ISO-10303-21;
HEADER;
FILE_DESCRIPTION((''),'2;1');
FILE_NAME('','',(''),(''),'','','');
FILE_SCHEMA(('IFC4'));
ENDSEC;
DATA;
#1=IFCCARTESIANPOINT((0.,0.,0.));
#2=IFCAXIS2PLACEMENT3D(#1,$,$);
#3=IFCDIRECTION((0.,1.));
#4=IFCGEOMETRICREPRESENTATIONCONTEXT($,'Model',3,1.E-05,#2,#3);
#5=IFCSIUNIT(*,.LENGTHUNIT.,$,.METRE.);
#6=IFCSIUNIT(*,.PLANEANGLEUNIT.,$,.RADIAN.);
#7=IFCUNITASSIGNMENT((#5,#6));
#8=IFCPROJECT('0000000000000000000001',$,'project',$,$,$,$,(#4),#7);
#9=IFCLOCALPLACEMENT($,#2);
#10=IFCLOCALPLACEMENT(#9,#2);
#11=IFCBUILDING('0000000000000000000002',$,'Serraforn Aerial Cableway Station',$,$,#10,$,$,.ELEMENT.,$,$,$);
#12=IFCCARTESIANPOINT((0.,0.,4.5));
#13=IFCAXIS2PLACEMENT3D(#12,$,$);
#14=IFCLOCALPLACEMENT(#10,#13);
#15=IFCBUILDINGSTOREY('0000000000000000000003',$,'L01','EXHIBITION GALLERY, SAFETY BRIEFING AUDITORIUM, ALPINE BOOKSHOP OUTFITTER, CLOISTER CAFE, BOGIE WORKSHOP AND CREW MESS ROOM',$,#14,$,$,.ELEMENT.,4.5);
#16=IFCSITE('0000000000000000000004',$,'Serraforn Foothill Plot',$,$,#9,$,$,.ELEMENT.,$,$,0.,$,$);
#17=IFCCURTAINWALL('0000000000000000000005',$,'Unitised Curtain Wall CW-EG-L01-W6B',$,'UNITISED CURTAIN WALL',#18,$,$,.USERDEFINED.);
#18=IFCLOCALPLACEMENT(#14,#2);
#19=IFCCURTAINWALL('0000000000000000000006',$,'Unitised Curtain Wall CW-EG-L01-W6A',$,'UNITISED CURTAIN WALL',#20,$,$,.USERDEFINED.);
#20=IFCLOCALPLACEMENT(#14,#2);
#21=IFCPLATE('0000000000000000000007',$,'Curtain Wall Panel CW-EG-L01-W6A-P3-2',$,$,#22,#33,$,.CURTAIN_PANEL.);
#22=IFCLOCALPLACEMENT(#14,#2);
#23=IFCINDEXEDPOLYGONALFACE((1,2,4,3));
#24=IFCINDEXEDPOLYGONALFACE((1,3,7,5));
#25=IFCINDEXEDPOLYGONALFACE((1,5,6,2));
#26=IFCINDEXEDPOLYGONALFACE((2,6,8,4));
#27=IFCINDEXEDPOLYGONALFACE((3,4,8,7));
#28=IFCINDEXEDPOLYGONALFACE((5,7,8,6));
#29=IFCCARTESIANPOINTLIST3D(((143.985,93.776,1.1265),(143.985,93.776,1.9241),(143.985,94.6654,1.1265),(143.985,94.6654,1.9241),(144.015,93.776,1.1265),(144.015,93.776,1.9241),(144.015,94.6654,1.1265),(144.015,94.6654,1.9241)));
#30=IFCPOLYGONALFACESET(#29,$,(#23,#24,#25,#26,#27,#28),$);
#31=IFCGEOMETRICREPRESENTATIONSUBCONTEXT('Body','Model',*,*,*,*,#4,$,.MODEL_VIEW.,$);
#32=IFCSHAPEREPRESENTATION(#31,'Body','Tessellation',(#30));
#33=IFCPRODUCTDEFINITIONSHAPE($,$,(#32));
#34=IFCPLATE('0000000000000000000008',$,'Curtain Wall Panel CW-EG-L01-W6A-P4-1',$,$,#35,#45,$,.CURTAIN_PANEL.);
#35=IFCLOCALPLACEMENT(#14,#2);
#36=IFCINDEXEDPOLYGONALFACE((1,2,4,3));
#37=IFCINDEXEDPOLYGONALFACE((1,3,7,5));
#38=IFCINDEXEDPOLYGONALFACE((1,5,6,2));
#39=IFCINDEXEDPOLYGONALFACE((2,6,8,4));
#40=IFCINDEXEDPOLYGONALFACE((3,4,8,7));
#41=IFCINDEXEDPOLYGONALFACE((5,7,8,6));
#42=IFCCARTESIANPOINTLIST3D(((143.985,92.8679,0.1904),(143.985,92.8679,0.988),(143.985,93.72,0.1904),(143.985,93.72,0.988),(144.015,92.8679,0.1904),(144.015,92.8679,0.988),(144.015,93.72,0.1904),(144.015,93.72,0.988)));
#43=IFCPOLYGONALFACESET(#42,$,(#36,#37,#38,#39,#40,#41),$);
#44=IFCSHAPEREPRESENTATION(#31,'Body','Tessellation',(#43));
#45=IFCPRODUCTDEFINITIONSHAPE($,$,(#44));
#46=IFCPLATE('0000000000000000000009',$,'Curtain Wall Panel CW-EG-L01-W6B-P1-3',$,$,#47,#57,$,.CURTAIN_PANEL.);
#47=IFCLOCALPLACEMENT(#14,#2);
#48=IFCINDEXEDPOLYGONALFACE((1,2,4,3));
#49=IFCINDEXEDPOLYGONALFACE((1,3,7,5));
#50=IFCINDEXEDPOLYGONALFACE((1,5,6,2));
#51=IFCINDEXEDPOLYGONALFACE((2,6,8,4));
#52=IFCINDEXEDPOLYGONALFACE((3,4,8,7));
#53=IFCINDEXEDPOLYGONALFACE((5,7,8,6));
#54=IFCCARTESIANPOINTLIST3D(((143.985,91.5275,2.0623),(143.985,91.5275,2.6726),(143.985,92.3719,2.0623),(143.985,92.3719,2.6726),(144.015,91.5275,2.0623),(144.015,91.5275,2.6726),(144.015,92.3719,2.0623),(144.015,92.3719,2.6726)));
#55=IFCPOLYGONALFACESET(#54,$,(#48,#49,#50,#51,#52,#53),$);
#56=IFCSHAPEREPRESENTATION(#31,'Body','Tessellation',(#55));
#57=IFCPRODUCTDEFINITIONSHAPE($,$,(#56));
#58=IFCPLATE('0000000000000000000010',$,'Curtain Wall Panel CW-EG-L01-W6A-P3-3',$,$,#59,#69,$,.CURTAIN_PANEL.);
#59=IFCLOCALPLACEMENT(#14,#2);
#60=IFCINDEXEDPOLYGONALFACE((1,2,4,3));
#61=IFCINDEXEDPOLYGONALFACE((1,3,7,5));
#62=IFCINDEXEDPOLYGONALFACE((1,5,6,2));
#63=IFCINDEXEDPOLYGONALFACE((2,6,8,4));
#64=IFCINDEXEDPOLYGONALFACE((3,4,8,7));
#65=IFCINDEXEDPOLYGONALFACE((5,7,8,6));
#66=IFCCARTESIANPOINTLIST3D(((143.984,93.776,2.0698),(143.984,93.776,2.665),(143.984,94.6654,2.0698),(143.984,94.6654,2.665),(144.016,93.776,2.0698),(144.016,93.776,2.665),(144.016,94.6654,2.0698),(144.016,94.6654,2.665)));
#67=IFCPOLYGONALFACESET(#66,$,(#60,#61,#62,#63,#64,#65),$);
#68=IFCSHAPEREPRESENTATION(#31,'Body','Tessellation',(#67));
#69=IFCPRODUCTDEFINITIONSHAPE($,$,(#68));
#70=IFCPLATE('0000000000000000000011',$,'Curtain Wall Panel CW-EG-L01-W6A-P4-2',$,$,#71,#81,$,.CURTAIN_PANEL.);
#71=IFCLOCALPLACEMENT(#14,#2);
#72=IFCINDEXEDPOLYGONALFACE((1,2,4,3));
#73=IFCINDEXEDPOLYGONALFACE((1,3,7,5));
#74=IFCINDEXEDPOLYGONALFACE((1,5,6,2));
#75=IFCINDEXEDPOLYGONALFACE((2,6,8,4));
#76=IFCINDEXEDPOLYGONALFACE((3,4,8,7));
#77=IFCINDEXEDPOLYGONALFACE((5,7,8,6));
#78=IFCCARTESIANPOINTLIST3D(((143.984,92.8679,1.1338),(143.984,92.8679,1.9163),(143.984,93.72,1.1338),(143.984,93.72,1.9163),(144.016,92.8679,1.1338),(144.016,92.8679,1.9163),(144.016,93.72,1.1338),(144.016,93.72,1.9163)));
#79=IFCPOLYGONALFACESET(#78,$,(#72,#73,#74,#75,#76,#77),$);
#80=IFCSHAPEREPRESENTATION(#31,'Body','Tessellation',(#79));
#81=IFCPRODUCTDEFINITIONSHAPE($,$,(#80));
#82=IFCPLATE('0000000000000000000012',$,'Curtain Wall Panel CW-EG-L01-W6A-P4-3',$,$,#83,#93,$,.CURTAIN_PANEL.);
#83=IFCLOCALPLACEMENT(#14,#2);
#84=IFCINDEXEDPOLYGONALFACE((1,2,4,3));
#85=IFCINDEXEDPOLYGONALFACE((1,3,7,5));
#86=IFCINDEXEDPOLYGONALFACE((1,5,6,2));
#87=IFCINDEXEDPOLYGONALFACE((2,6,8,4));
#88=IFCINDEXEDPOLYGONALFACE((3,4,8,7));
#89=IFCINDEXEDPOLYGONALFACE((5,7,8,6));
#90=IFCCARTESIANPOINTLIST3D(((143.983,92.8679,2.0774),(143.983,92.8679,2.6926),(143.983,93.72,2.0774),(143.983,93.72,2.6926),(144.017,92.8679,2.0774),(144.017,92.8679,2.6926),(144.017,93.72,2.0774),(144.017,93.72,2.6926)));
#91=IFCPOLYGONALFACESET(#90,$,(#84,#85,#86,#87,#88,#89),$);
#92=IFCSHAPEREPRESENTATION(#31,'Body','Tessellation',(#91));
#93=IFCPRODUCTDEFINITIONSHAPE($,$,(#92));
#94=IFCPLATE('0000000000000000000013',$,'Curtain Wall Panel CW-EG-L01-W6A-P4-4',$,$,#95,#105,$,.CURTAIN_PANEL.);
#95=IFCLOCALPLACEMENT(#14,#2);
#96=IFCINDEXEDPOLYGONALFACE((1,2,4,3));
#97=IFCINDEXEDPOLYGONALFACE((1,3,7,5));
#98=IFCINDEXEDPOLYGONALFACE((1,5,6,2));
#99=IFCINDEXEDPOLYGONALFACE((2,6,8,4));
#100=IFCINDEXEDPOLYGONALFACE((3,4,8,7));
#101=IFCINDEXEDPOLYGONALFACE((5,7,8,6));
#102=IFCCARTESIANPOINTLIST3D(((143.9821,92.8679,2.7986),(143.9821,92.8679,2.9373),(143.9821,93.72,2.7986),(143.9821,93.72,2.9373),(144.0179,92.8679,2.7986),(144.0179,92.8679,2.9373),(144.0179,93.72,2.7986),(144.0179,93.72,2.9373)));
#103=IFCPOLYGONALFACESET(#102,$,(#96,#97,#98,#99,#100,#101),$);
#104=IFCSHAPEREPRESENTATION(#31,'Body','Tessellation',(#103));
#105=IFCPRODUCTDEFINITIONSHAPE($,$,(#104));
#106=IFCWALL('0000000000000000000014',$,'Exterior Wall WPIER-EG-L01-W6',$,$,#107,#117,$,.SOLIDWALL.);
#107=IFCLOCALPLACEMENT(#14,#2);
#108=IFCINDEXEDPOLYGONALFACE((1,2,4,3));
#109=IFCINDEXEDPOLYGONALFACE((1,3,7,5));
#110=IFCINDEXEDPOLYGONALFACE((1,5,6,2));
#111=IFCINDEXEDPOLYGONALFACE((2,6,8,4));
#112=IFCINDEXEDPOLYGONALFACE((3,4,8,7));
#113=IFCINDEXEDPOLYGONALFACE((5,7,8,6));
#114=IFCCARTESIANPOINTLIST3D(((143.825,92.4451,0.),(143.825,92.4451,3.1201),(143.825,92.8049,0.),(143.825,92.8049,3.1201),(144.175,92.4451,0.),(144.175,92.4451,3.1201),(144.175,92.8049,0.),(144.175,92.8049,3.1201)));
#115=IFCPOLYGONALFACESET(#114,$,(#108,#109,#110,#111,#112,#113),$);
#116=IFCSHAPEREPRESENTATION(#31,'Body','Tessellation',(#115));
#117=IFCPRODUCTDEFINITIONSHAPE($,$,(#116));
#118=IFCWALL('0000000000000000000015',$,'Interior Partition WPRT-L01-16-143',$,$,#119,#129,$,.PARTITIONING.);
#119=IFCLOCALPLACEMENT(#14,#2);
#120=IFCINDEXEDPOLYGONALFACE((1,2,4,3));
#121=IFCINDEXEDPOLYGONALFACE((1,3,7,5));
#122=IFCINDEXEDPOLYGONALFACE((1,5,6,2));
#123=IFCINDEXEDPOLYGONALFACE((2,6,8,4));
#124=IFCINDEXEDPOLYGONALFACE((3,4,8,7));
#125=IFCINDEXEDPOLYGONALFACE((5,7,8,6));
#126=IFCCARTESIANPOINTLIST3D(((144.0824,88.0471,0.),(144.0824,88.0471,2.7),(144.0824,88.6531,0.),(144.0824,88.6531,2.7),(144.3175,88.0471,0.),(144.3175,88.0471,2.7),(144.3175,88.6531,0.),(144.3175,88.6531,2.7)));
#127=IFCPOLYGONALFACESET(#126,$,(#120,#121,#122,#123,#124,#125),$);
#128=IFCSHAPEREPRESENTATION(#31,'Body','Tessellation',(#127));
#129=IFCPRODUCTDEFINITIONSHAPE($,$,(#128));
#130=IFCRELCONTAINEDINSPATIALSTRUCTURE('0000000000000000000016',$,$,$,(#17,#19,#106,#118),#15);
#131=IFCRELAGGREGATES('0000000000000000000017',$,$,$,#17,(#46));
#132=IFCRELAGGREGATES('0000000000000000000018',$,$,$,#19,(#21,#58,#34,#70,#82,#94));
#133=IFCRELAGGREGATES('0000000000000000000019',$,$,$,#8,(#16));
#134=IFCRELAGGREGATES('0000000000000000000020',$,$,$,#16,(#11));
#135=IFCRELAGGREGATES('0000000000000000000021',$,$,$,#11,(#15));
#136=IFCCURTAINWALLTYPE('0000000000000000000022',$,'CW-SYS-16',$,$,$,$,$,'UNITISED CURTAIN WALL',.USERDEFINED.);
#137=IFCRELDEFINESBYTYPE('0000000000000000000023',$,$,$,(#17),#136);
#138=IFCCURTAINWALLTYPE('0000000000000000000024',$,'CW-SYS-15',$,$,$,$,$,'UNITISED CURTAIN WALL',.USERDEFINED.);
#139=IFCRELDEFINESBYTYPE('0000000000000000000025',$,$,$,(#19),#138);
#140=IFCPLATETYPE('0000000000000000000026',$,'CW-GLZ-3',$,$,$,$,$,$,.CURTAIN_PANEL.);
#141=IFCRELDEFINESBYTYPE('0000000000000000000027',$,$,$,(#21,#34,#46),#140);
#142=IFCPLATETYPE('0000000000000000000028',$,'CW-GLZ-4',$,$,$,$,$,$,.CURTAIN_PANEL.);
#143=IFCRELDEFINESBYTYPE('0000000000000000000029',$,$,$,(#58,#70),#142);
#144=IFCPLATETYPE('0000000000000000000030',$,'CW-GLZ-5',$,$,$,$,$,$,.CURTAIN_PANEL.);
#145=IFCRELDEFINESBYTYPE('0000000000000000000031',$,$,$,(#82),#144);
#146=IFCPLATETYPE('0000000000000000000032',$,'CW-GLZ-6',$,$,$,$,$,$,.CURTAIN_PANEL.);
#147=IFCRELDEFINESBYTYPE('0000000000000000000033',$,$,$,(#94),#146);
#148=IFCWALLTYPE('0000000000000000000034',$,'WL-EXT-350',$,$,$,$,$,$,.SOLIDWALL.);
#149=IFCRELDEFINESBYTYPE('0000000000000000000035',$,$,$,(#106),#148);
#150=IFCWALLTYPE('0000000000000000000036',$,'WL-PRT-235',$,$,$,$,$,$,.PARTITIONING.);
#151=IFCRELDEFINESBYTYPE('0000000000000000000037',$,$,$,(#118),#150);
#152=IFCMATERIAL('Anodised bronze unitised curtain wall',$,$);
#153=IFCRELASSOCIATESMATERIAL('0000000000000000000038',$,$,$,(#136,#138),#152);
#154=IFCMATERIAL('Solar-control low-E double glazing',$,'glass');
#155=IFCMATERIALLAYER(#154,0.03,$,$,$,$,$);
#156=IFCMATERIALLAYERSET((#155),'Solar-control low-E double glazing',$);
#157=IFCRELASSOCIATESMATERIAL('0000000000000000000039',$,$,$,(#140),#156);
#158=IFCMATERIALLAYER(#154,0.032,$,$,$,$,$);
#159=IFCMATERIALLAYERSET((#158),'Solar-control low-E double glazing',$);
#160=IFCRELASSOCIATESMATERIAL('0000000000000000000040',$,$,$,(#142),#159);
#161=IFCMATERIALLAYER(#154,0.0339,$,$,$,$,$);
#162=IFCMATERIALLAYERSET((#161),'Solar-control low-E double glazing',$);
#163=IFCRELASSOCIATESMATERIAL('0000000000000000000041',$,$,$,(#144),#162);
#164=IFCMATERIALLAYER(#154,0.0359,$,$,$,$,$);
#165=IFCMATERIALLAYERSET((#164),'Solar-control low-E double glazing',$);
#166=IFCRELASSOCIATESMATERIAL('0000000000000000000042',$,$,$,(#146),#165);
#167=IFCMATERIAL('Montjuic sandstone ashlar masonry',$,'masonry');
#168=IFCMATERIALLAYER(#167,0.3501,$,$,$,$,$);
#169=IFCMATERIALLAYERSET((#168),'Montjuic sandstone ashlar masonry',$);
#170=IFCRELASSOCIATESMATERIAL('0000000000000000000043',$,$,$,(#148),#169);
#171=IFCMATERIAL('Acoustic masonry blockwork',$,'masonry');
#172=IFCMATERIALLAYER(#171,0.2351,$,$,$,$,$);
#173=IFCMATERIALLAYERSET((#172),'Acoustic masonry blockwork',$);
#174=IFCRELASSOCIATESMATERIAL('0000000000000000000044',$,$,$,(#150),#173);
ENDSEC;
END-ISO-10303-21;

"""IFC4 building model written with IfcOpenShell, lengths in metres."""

from ifc_helpers import new_model, si_unit, direction, frame, frame_2d, origin, origin_2d, place, context, subcontext, project, spatial, rectangle, extrude, material, layer, layer_set, type_object, element, aggregate, save


model = new_model("IFC4")

# Units and contexts
model_context = context("Model", 3, precision=1e-05, world=origin(), true_north=direction((0.0, 1.0)))
body_context = subcontext(model_context, "Body", "Model", "MODEL_VIEW")
ifc_project = project(units=[si_unit("LENGTHUNIT", "METRE"), si_unit("PLANEANGLEUNIT", "RADIAN")], contexts=[model_context])

# Site, building, storey
site_placement = place(None, origin())
site = spatial("IfcSite", under=ifc_project, at=site_placement, Name="Serraforn Foothill Plot", CompositionType="ELEMENT", RefElevation=0.0)
building_placement = place(site_placement, origin())
building = spatial("IfcBuilding", under=site, at=building_placement, Name="Serraforn Aerial Cableway Station", CompositionType="ELEMENT")
storey_placement = place(building_placement, frame((0.0, 0.0, 4.5)))
storey = spatial("IfcBuildingStorey", under=building, at=storey_placement, Name="L01", Description="EXHIBITION GALLERY, SAFETY BRIEFING AUDITORIUM, ALPINE BOOKSHOP OUTFITTER, CLOISTER CAFE, BOGIE WORKSHOP AND CREW MESS ROOM", CompositionType="ELEMENT", Elevation=4.5)

# Curtain wall
ifc_material_1 = material(Name="Anodised bronze unitised curtain wall")
curtain_wall_type_1 = type_object("IfcCurtainWallType", Name="CW-SYS-16", ElementType="UNITISED CURTAIN WALL", PredefinedType="USERDEFINED", material=ifc_material_1)
curtain_wall_1_placement = place(storey_placement, origin())
curtain_wall_1 = element("IfcCurtainWall", 1, at=curtain_wall_1_placement, inside=storey, type_object=curtain_wall_type_1, Name="Unitised Curtain Wall CW-EG-L01-W6B", ObjectType="UNITISED CURTAIN WALL", PredefinedType="USERDEFINED")

# Curtain wall
curtain_wall_type_2 = type_object("IfcCurtainWallType", Name="CW-SYS-15", ElementType="UNITISED CURTAIN WALL", PredefinedType="USERDEFINED", material=ifc_material_1)
curtain_wall_2_placement = place(storey_placement, origin())
curtain_wall_2 = element("IfcCurtainWall", 2, at=curtain_wall_2_placement, inside=storey, type_object=curtain_wall_type_2, Name="Unitised Curtain Wall CW-EG-L01-W6A", ObjectType="UNITISED CURTAIN WALL", PredefinedType="USERDEFINED")

# Plates
ifc_material_2 = material(Name="Solar-control low-E double glazing", Category="glass")
ifc_layer_1 = layer(ifc_material_2, 0.03)
ifc_layer_set_1 = layer_set([ifc_layer_1], Name="Solar-control low-E double glazing")
plate_type_1 = type_object("IfcPlateType", Name="CW-GLZ-3", PredefinedType="CURTAIN_PANEL", material=ifc_layer_set_1)
plate_1_placement = place(storey_placement, frame((144.0, 94.2207, 1.1265), z_axis=(0.0, 0.0, 1.0), x_axis=(1.0, 0.0, 0.0)))
plate_1 = element("IfcPlate", 3, at=plate_1_placement, type_object=plate_type_1, Name="Curtain Wall Panel CW-EG-L01-W6A-P3-2", PredefinedType="CURTAIN_PANEL", context=body_context, shape_type="SweptSolid", body=[
    extrude(rectangle(XDim=0.03, YDim=0.8894, at=origin_2d()), origin(), (0.0, 0.0, 1.0), 0.7976),
])
plate_2_placement = place(storey_placement, frame((144.0, 93.2939, 0.1904), z_axis=(0.0, 0.0, 1.0), x_axis=(1.0, 0.0, 0.0)))
plate_2 = element("IfcPlate", 4, at=plate_2_placement, type_object=plate_type_1, Name="Curtain Wall Panel CW-EG-L01-W6A-P4-1", PredefinedType="CURTAIN_PANEL", context=body_context, shape_type="SweptSolid", body=[
    extrude(rectangle(XDim=0.03, YDim=0.8521, at=origin_2d()), origin(), (0.0, 0.0, 1.0), 0.7976),
])
plate_3_placement = place(storey_placement, frame((144.0, 91.9497, 2.0623), z_axis=(0.0, 0.0, 1.0), x_axis=(1.0, 0.0, 0.0)))
plate_3 = element("IfcPlate", 5, at=plate_3_placement, type_object=plate_type_1, Name="Curtain Wall Panel CW-EG-L01-W6B-P1-3", PredefinedType="CURTAIN_PANEL", context=body_context, shape_type="SweptSolid", body=[
    extrude(rectangle(XDim=0.03, YDim=0.8445, at=origin_2d()), origin(), (0.0, 0.0, 1.0), 0.6104),
])
aggregate(curtain_wall_1, [plate_3])
ifc_layer_2 = layer(ifc_material_2, 0.032)
ifc_layer_set_2 = layer_set([ifc_layer_2], Name="Solar-control low-E double glazing")
plate_type_2 = type_object("IfcPlateType", Name="CW-GLZ-4", PredefinedType="CURTAIN_PANEL", material=ifc_layer_set_2)
plate_4_placement = place(storey_placement, frame((144.0, 94.2207, 2.0698), z_axis=(0.0, 0.0, 1.0), x_axis=(1.0, 0.0, 0.0)))
plate_4 = element("IfcPlate", 6, at=plate_4_placement, type_object=plate_type_2, Name="Curtain Wall Panel CW-EG-L01-W6A-P3-3", PredefinedType="CURTAIN_PANEL", context=body_context, shape_type="SweptSolid", body=[
    extrude(rectangle(XDim=0.032, YDim=0.8894, at=origin_2d()), origin(), (0.0, 0.0, 1.0), 0.5952),
])
plate_5_placement = place(storey_placement, frame((144.0, 93.2939, 1.1338), z_axis=(0.0, 0.0, 1.0), x_axis=(1.0, 0.0, 0.0)))
plate_5 = element("IfcPlate", 7, at=plate_5_placement, type_object=plate_type_2, Name="Curtain Wall Panel CW-EG-L01-W6A-P4-2", PredefinedType="CURTAIN_PANEL", context=body_context, shape_type="SweptSolid", body=[
    extrude(rectangle(XDim=0.032, YDim=0.8521, at=origin_2d()), origin(), (0.0, 0.0, 1.0), 0.7825),
])
ifc_layer_3 = layer(ifc_material_2, 0.0339)
ifc_layer_set_3 = layer_set([ifc_layer_3], Name="Solar-control low-E double glazing")
plate_type_3 = type_object("IfcPlateType", Name="CW-GLZ-5", PredefinedType="CURTAIN_PANEL", material=ifc_layer_set_3)
plate_6_placement = place(storey_placement, frame((144.0, 93.2939, 2.0774), z_axis=(0.0, 0.0, 1.0), x_axis=(1.0, 0.0, 0.0)))
plate_6 = element("IfcPlate", 8, at=plate_6_placement, type_object=plate_type_3, Name="Curtain Wall Panel CW-EG-L01-W6A-P4-3", PredefinedType="CURTAIN_PANEL", context=body_context, shape_type="SweptSolid", body=[
    extrude(rectangle(XDim=0.0339, YDim=0.8521, at=origin_2d()), origin(), (0.0, 0.0, 1.0), 0.6152),
])
ifc_layer_4 = layer(ifc_material_2, 0.0359)
ifc_layer_set_4 = layer_set([ifc_layer_4], Name="Solar-control low-E double glazing")
plate_type_4 = type_object("IfcPlateType", Name="CW-GLZ-6", PredefinedType="CURTAIN_PANEL", material=ifc_layer_set_4)
plate_7_placement = place(storey_placement, frame((144.0, 93.2939, 2.7986), z_axis=(0.0, 0.0, 1.0), x_axis=(1.0, 0.0, 0.0)))
plate_7 = element("IfcPlate", 9, at=plate_7_placement, type_object=plate_type_4, Name="Curtain Wall Panel CW-EG-L01-W6A-P4-4", PredefinedType="CURTAIN_PANEL", context=body_context, shape_type="SweptSolid", body=[
    extrude(rectangle(XDim=0.0359, YDim=0.8521, at=origin_2d()), origin(), (0.0, 0.0, 1.0), 0.1387),
])
aggregate(curtain_wall_2, [plate_1, plate_4, plate_2, plate_5, plate_6, plate_7])

# Walls
ifc_material_3 = material(Name="Montjuic sandstone ashlar masonry", Category="masonry")
ifc_layer_5 = layer(ifc_material_3, 0.3501)
ifc_layer_set_5 = layer_set([ifc_layer_5], Name="Montjuic sandstone ashlar masonry")
wall_type_1 = type_object("IfcWallType", Name="WL-EXT-350", PredefinedType="SOLIDWALL", material=ifc_layer_set_5)
wall_1_placement = place(storey_placement, frame((144.0, 92.8049, 0.0), z_axis=(0.0, 0.0, 1.0), x_axis=(0.0, -1.0, 0.0)))
element("IfcWall", 10, at=wall_1_placement, inside=storey, type_object=wall_type_1, Name="Exterior Wall WPIER-EG-L01-W6", PredefinedType="SOLIDWALL", context=body_context, shape_type="SweptSolid", body=[
    extrude(rectangle(XDim=0.3599, YDim=0.3501, at=frame_2d((0.1799, 0.0))), origin(), (0.0, 0.0, 1.0), 3.1201),
])
ifc_material_4 = material(Name="Acoustic masonry blockwork", Category="masonry")
ifc_layer_6 = layer(ifc_material_4, 0.2351)
ifc_layer_set_6 = layer_set([ifc_layer_6], Name="Acoustic masonry blockwork")
wall_type_2 = type_object("IfcWallType", Name="WL-PRT-235", PredefinedType="PARTITIONING", material=ifc_layer_set_6)
wall_2_placement = place(storey_placement, frame((144.2, 88.0471, 0.0), z_axis=(0.0, 0.0, 1.0), x_axis=(0.0, 1.0, 0.0)))
element("IfcWall", 11, at=wall_2_placement, inside=storey, type_object=wall_type_2, Name="Interior Partition WPRT-L01-16-143", PredefinedType="PARTITIONING", context=body_context, shape_type="SweptSolid", body=[
    extrude(rectangle(XDim=0.606, YDim=0.2351, at=frame_2d((0.303, 0.0))), origin(), (0.0, 0.0, 1.0), 2.7),
])

save(model, "model.ifc")
